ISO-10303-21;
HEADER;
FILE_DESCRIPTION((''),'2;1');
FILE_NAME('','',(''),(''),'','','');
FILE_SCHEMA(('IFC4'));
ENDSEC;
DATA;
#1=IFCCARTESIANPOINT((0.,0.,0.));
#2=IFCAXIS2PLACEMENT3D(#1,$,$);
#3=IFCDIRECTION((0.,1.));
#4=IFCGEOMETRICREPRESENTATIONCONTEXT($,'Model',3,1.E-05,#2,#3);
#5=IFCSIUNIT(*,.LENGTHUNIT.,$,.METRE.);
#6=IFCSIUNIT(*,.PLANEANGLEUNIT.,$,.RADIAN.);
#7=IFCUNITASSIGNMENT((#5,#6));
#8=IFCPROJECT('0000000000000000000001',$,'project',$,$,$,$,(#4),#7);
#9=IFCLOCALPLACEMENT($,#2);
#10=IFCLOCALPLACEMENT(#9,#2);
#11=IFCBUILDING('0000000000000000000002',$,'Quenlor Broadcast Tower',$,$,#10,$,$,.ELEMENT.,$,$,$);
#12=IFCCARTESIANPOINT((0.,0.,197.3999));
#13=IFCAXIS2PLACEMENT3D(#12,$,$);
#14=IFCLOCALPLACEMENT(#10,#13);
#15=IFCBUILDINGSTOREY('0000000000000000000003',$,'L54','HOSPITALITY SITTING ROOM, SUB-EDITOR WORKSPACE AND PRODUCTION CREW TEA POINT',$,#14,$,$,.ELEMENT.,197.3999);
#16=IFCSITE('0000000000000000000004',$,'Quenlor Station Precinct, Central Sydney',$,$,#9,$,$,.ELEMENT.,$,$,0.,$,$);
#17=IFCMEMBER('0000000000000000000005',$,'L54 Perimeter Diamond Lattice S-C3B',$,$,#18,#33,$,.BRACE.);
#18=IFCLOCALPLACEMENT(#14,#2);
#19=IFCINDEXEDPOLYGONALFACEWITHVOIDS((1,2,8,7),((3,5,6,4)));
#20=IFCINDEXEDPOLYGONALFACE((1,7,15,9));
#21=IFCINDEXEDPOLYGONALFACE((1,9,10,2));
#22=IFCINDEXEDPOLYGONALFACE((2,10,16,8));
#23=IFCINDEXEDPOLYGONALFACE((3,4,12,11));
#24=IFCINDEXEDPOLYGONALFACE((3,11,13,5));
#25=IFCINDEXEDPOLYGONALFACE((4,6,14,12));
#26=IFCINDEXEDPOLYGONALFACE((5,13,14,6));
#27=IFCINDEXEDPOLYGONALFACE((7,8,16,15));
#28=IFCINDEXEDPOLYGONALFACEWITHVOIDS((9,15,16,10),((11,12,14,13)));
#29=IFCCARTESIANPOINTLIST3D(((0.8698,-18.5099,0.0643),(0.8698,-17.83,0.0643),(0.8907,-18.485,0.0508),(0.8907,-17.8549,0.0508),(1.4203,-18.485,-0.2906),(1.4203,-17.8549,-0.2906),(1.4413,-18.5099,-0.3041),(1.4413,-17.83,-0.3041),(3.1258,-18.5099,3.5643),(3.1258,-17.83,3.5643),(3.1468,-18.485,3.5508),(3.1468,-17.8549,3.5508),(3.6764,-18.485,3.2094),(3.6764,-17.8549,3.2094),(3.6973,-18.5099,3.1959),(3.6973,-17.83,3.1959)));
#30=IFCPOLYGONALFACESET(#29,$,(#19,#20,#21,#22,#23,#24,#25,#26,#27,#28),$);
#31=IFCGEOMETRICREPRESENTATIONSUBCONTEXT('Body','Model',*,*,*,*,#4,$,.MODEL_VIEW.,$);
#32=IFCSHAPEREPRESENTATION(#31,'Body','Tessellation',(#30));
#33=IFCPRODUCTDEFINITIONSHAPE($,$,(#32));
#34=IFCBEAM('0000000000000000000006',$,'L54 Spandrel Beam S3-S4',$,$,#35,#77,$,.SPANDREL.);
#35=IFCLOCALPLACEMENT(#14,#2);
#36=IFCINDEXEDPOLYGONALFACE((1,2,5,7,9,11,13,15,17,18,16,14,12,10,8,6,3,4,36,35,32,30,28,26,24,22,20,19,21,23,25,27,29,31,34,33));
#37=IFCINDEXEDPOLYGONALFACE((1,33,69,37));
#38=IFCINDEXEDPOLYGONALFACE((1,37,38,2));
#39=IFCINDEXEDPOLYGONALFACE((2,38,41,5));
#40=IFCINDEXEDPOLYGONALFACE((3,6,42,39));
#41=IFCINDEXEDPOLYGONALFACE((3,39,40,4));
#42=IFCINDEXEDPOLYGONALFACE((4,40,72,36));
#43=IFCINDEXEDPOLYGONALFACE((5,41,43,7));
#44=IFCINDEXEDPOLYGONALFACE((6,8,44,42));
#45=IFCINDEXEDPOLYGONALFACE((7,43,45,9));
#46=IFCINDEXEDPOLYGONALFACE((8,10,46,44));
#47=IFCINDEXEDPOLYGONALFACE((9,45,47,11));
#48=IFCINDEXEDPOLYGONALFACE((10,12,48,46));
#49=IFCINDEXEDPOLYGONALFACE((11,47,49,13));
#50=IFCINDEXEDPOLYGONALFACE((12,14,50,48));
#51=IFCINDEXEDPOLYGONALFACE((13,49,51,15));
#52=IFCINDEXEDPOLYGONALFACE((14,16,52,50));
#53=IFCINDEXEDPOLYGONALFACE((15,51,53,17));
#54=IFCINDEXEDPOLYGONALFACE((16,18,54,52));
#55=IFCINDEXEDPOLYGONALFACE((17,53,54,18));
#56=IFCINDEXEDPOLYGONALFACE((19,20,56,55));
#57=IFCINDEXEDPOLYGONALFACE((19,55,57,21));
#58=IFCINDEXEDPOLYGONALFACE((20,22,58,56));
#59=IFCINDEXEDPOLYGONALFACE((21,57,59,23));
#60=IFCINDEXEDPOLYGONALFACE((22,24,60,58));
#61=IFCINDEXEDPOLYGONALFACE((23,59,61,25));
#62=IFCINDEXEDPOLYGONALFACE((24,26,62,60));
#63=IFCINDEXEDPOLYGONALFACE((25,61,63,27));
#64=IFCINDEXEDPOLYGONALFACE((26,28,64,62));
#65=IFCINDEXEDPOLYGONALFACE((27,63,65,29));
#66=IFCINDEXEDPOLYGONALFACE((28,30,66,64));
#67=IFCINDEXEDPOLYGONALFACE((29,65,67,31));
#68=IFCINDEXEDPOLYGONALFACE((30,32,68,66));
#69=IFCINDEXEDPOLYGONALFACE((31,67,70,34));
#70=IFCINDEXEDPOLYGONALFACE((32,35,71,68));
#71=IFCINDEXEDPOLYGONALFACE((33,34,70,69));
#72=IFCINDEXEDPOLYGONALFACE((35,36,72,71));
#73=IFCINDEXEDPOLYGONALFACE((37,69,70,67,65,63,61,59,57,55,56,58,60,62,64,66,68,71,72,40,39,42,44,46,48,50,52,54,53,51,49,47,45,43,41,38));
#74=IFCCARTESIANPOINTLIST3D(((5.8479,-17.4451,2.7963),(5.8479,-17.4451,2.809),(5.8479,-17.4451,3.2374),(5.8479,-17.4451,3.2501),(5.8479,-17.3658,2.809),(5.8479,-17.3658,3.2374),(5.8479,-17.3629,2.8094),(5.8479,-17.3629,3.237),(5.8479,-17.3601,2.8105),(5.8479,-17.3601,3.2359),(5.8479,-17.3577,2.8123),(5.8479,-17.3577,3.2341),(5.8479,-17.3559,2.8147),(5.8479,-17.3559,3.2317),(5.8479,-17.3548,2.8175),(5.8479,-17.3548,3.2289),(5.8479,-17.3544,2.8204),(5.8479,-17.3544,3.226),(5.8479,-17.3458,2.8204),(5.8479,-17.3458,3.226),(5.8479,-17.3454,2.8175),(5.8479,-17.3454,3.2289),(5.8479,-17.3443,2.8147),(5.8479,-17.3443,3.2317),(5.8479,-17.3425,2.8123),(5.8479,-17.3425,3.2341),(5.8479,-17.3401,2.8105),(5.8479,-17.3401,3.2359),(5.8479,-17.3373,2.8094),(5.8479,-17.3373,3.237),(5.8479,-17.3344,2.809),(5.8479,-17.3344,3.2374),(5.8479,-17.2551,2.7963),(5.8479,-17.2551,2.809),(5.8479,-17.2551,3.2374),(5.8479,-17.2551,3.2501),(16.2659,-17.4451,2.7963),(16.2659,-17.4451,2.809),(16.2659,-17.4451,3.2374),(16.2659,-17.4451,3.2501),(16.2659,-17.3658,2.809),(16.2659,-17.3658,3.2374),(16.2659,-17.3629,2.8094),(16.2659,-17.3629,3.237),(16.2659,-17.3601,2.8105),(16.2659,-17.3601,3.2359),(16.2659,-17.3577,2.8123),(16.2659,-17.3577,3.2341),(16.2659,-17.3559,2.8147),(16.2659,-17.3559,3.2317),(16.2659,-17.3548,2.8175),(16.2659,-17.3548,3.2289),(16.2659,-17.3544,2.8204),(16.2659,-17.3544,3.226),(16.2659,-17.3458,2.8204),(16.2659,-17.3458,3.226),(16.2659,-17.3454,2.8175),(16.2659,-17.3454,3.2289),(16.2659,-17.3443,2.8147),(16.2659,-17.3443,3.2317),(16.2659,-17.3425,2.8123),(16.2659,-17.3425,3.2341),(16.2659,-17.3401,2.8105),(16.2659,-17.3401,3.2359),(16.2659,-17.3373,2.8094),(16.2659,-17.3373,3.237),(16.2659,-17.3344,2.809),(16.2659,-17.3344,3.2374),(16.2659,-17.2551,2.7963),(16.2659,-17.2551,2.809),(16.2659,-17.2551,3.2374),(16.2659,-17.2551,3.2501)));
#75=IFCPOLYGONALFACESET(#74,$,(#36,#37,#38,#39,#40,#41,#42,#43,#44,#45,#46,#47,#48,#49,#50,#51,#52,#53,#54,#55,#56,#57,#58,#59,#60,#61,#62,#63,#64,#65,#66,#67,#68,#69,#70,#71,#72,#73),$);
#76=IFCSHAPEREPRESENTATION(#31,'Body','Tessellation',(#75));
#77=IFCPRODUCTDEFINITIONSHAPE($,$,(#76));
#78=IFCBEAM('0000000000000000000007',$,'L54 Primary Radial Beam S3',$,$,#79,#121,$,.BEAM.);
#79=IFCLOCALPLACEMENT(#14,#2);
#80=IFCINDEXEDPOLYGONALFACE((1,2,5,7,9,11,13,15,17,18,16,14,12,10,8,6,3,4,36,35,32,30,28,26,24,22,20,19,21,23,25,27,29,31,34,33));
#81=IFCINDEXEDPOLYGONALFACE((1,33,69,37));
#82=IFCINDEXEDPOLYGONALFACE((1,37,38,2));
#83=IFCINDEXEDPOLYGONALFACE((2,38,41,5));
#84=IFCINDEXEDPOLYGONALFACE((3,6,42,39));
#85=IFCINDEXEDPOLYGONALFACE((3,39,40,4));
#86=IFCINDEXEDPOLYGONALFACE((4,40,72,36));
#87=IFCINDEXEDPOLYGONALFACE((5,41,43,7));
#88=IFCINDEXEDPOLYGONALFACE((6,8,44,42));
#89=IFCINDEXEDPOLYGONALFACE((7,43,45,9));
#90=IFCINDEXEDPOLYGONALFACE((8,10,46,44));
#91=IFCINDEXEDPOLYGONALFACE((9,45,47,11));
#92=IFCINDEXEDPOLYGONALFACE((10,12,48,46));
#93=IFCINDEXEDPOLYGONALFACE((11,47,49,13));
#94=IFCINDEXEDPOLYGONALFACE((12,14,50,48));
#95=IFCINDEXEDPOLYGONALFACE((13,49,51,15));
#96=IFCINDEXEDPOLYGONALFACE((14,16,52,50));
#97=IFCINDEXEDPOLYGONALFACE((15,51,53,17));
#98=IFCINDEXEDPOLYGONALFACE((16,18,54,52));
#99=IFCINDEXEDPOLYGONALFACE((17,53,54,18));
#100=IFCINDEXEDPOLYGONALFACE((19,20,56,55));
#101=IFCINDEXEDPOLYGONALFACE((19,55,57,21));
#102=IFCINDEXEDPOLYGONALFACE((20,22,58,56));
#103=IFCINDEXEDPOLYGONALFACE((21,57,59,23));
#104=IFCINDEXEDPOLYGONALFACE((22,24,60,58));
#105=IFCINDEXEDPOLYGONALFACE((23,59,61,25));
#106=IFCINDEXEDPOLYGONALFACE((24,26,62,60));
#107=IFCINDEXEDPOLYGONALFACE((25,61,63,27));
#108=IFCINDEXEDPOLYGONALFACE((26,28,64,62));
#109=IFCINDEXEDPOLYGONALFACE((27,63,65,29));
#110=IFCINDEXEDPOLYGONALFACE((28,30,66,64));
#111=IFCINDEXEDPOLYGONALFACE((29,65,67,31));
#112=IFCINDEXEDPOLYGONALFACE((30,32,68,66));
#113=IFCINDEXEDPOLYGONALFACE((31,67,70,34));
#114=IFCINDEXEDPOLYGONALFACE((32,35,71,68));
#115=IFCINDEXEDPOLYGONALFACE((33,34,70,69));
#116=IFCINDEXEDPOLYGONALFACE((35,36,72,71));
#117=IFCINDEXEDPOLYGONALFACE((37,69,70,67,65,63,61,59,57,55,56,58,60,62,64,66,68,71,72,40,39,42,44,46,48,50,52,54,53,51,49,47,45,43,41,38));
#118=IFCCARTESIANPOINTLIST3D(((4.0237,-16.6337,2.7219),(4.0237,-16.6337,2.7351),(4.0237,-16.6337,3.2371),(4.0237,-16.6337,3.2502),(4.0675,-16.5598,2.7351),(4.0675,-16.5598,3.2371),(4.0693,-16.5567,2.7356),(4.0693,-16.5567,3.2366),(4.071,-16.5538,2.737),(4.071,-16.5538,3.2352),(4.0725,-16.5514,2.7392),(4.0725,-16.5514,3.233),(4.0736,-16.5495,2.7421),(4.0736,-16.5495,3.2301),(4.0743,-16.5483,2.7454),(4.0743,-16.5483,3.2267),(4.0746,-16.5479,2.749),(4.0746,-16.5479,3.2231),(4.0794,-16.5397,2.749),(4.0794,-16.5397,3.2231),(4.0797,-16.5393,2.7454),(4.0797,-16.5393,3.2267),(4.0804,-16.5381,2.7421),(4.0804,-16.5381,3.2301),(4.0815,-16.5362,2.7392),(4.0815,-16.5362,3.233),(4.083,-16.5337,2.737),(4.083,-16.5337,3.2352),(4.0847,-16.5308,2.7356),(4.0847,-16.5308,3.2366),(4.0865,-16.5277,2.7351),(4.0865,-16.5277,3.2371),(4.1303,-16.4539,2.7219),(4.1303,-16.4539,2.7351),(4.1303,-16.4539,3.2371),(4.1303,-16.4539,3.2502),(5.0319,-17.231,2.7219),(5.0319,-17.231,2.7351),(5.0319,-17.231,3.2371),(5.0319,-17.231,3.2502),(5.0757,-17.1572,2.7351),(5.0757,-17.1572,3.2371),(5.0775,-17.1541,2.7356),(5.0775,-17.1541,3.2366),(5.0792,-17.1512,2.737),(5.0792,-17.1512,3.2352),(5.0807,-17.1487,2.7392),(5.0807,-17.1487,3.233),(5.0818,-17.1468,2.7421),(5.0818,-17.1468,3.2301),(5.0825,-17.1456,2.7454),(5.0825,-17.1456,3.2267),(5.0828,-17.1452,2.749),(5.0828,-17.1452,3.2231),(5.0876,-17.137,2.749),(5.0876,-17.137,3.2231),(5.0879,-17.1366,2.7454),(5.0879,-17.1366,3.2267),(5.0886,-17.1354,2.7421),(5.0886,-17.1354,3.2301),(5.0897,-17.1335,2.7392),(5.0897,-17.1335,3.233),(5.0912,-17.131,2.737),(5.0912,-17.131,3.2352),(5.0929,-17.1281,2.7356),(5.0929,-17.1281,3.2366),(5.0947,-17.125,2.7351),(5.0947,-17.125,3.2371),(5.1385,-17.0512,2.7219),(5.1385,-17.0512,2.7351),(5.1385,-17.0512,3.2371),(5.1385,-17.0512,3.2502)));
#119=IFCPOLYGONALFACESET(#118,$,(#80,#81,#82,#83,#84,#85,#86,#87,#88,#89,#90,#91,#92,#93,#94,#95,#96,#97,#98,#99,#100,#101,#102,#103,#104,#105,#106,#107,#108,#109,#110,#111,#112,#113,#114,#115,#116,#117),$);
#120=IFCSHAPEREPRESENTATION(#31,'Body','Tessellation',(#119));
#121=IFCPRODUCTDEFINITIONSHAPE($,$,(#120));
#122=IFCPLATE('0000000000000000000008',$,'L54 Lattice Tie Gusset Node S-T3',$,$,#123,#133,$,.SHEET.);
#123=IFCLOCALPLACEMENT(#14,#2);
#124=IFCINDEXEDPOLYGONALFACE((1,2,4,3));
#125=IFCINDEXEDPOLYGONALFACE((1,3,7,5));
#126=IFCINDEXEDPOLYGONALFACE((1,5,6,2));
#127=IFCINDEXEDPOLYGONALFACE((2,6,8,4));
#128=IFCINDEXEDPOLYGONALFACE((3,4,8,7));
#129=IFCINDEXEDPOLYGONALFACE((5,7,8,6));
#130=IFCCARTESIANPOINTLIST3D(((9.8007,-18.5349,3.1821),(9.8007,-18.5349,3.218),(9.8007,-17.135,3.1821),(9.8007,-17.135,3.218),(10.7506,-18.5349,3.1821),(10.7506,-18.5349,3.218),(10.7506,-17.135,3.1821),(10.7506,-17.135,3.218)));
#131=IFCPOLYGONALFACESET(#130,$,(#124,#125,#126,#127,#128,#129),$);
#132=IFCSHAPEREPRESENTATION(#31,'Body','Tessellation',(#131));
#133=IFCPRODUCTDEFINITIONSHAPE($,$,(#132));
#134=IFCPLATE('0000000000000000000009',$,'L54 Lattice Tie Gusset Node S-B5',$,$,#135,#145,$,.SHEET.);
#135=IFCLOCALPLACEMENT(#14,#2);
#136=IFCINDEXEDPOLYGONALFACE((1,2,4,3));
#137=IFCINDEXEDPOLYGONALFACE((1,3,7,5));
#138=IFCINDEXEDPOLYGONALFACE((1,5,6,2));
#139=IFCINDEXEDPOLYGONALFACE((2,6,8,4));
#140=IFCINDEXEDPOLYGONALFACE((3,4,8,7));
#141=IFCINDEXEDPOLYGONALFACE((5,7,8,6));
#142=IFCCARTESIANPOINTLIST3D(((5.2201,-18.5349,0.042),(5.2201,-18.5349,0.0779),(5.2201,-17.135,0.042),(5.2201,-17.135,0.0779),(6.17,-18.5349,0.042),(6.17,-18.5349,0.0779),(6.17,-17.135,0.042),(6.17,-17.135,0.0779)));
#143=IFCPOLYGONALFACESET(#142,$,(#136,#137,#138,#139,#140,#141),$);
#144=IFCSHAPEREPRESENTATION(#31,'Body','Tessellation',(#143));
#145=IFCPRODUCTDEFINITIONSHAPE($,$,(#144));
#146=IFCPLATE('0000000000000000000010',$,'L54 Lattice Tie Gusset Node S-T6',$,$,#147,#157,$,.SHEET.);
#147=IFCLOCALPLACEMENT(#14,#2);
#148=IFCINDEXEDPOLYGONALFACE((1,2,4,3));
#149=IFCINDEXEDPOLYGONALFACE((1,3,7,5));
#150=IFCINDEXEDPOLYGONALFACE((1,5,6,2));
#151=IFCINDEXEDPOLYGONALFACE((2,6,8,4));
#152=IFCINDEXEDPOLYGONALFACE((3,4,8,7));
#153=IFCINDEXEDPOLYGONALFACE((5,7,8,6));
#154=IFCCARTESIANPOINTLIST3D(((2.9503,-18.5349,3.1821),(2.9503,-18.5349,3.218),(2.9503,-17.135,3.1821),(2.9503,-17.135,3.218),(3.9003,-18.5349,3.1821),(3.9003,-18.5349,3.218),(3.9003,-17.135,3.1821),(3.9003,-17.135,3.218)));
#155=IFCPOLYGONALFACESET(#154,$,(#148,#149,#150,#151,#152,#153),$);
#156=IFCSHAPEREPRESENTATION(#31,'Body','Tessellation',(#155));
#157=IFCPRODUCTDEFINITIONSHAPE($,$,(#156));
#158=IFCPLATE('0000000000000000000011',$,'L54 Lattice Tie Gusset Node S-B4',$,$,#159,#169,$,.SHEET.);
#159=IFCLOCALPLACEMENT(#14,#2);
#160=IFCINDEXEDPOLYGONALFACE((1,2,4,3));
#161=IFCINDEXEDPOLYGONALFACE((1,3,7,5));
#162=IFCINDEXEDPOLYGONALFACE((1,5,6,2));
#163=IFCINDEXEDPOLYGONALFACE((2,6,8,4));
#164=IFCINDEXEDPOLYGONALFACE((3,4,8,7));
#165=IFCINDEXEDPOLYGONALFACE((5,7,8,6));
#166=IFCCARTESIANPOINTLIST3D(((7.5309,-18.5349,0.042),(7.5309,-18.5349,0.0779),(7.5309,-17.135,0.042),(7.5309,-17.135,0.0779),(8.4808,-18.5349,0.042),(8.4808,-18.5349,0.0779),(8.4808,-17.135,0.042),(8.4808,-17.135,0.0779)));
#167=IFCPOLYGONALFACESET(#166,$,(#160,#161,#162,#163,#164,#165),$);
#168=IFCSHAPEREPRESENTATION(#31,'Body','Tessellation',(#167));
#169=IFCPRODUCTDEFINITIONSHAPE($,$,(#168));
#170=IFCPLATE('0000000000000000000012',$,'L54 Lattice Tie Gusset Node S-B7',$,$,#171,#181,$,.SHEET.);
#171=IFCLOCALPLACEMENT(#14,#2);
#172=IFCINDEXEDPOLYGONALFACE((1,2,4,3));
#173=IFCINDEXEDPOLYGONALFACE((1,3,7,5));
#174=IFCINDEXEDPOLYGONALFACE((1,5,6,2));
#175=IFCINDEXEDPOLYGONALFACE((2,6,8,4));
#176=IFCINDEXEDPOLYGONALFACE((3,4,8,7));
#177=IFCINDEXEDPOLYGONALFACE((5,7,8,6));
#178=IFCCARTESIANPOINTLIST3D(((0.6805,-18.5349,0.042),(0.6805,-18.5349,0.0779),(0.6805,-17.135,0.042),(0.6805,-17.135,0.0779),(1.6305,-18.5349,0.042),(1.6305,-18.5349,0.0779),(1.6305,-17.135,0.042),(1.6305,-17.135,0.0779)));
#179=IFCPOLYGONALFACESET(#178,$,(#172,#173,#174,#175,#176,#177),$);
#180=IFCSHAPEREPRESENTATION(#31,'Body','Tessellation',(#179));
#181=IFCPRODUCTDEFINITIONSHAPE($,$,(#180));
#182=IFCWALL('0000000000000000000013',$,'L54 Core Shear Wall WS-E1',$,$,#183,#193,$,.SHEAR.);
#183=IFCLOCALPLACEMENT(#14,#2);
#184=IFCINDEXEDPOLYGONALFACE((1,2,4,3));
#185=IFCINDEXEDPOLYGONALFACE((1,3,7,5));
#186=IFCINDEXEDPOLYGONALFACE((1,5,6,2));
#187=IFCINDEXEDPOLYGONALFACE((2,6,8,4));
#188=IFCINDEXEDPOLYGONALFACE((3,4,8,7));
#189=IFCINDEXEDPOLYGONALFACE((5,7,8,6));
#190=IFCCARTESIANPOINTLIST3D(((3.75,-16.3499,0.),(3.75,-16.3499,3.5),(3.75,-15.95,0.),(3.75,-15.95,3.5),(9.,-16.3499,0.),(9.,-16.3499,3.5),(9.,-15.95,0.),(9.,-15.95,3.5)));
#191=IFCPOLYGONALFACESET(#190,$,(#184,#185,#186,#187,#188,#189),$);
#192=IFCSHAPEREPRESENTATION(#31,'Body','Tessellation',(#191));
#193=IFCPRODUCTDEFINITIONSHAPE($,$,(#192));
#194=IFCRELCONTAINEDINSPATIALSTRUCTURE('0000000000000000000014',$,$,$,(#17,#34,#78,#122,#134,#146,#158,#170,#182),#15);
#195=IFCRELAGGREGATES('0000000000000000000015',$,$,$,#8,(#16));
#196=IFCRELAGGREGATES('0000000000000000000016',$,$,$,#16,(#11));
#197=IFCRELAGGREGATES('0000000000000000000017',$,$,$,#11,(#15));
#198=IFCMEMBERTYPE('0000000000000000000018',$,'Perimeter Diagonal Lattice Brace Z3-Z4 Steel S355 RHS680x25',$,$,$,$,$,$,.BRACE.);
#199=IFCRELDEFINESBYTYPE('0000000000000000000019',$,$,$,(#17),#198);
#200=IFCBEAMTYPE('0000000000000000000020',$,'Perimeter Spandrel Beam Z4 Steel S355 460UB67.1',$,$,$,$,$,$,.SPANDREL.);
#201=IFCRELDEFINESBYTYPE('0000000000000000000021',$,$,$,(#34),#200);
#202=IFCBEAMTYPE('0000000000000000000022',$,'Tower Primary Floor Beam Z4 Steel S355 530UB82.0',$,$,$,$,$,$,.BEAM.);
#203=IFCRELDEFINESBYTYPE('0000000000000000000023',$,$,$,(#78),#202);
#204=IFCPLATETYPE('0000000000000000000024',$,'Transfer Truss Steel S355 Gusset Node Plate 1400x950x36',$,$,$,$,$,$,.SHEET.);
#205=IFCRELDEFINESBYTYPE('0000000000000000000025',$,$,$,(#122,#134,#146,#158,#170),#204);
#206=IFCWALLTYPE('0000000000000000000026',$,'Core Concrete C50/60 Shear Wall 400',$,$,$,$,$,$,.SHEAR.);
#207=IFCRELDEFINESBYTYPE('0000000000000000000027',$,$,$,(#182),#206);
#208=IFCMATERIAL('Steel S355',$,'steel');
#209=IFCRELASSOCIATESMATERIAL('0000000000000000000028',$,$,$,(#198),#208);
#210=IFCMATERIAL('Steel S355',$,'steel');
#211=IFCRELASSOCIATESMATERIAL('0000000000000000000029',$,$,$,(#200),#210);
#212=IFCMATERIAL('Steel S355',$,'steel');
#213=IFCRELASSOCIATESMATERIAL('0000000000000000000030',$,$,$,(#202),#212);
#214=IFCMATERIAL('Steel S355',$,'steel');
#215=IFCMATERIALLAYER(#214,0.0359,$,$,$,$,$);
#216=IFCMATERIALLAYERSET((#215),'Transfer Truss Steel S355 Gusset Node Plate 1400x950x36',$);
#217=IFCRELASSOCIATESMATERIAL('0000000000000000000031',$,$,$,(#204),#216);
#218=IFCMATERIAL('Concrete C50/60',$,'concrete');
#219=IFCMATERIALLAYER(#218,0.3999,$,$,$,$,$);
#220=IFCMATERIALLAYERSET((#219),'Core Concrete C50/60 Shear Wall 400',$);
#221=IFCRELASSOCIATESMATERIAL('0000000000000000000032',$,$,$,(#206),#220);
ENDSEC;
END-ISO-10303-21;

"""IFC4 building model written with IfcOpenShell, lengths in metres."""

from ifc_helpers import new_model, si_unit, direction, frame, frame_2d, origin, origin_2d, place, context, subcontext, project, spatial, rectangle, hollow_rectangle, i_section, extrude, material, layer, layer_set, material_profile, profile_set, type_object, element, save


model = new_model("IFC4")

# Units and contexts
model_context = context("Model", 3, precision=1e-05, world=origin(), true_north=direction((0.0, 1.0)))
body_context = subcontext(model_context, "Body", "Model", "MODEL_VIEW")
ifc_project = project(units=[si_unit("LENGTHUNIT", "METRE"), si_unit("PLANEANGLEUNIT", "RADIAN")], contexts=[model_context])

# Site, building, storey
site_placement = place(None, origin())
site = spatial("IfcSite", under=ifc_project, at=site_placement, Name="Quenlor Station Precinct, Central Sydney", CompositionType="ELEMENT", RefElevation=0.0)
building_placement = place(site_placement, origin())
building = spatial("IfcBuilding", under=site, at=building_placement, Name="Quenlor Broadcast Tower", CompositionType="ELEMENT")
storey_placement = place(building_placement, frame((0.0, 0.0, 197.3999)))
storey = spatial("IfcBuildingStorey", under=building, at=storey_placement, Name="L54", Description="HOSPITALITY SITTING ROOM, SUB-EDITOR WORKSPACE AND PRODUCTION CREW TEA POINT", CompositionType="ELEMENT", Elevation=197.3999)

# Member
ifc_material_1 = material(Name="Steel S355", Category="steel")
ifc_material_profile_1 = material_profile(ifc_material_1, hollow_rectangle(XDim=0.6799, YDim=0.6799, WallThickness=0.0249, at=origin_2d()))
ifc_profile_set_1 = profile_set([ifc_material_profile_1], Name="Steel S355 RHS680x680x25")
member_type_1 = type_object("IfcMemberType", Name="Perimeter Diagonal Lattice Brace Z3-Z4 Steel S355 RHS680x25", PredefinedType="BRACE", material=ifc_profile_set_1)
for number, where, z_axis, x_axis, name in (
    (1, (1.1555, -18.1699, -0.1199), (0.541794, 0.0, 0.840511), (0.0, 1.0, 0.0), "L54 Perimeter Diamond Lattice S-C3B"),
):
    element("IfcMember", number, at=place(storey_placement, frame(where, z_axis=z_axis, x_axis=x_axis)), inside=storey, type_object=member_type_1, Name=name, PredefinedType="BRACE", context=body_context, shape_type="SweptSolid", body=[
        extrude(hollow_rectangle(XDim=0.6799, YDim=0.6799, WallThickness=0.0249, at=origin_2d()), origin(), (0.0, 0.0, 1.0), 4.1641),
    ])

# Beams
ifc_material_2 = material(Name="Steel S355", Category="steel")
ifc_material_profile_2 = material_profile(ifc_material_2, i_section(OverallWidth=0.1899, OverallDepth=0.4539, WebThickness=0.0085, FlangeThickness=0.0127, FilletRadius=0.0115, at=origin_2d()))
ifc_profile_set_2 = profile_set([ifc_material_profile_2], Name="Steel S355 460UB67.1")
beam_type_1 = type_object("IfcBeamType", Name="Perimeter Spandrel Beam Z4 Steel S355 460UB67.1", PredefinedType="SPANDREL", material=ifc_profile_set_2)
beam_1_placement = place(storey_placement, frame((5.8479, -17.3501, 3.0232), z_axis=(1.0, 0.0, 0.0), x_axis=(0.0, 1.0, 0.0)))
element("IfcBeam", 2, at=beam_1_placement, inside=storey, type_object=beam_type_1, Name="L54 Spandrel Beam S3-S4", PredefinedType="SPANDREL", context=body_context, shape_type="SweptSolid", body=[
    extrude(i_section(OverallWidth=0.1899, OverallDepth=0.4539, WebThickness=0.0085, FlangeThickness=0.0127, FilletRadius=0.0115, at=origin_2d()), origin(), (0.0, 0.0, 1.0), 10.418),
])
ifc_material_3 = material(Name="Steel S355", Category="steel")
ifc_material_profile_3 = material_profile(ifc_material_3, i_section(OverallWidth=0.209, OverallDepth=0.5283, WebThickness=0.0095, FlangeThickness=0.0132, FilletRadius=0.0139, at=origin_2d()))
ifc_profile_set_3 = profile_set([ifc_material_profile_3], Name="Steel S355 530UB82.0")
beam_type_2 = type_object("IfcBeamType", Name="Tower Primary Floor Beam Z4 Steel S355 530UB82.0", PredefinedType="BEAM", material=ifc_profile_set_3)
beam_2_placement = place(storey_placement, frame((5.0852, -17.1411, 2.9861), z_axis=(-0.860329, 0.50974, 0.0), x_axis=(-0.50974, -0.860329, 0.0)))
element("IfcBeam", 3, at=beam_2_placement, inside=storey, type_object=beam_type_2, Name="L54 Primary Radial Beam S3", PredefinedType="BEAM", context=body_context, shape_type="SweptSolid", body=[
    extrude(i_section(OverallWidth=0.209, OverallDepth=0.5283, WebThickness=0.0095, FlangeThickness=0.0132, FilletRadius=0.0139, at=origin_2d()), origin(), (0.0, 0.0, 1.0), 1.1719),
])

# Plates
ifc_material_4 = material(Name="Steel S355", Category="steel")
ifc_layer_1 = layer(ifc_material_4, 0.0359)
ifc_layer_set_1 = layer_set([ifc_layer_1], Name="Transfer Truss Steel S355 Gusset Node Plate 1400x950x36")
plate_type = type_object("IfcPlateType", Name="Transfer Truss Steel S355 Gusset Node Plate 1400x950x36", PredefinedType="SHEET", material=ifc_layer_set_1)
for number, where, z_axis, x_axis, name in (
    (4, (10.2756, -17.835, 3.1821), (0.0, 0.0, 1.0), (0.0, -1.0, 0.0), "L54 Lattice Tie Gusset Node S-T3"),
    (5, (5.6951, -17.835, 0.042), (0.0, 0.0, 1.0), (0.0, -1.0, 0.0), "L54 Lattice Tie Gusset Node S-B5"),
    (6, (3.4253, -17.835, 3.1821), (0.0, 0.0, 1.0), (0.0, -1.0, 0.0), "L54 Lattice Tie Gusset Node S-T6"),
    (7, (8.0059, -17.835, 0.042), (0.0, 0.0, 1.0), (0.0, -1.0, 0.0), "L54 Lattice Tie Gusset Node S-B4"),
    (8, (1.1555, -17.835, 0.042), (0.0, 0.0, 1.0), (0.0, -1.0, 0.0), "L54 Lattice Tie Gusset Node S-B7"),
):
    element("IfcPlate", number, at=place(storey_placement, frame(where, z_axis=z_axis, x_axis=x_axis)), inside=storey, type_object=plate_type, Name=name, PredefinedType="SHEET", context=body_context, shape_type="SweptSolid", body=[
        extrude(rectangle(XDim=1.3999, YDim=0.95, at=origin_2d()), origin(), (0.0, 0.0, 1.0), 0.0359),
    ])

# Wall
ifc_material_5 = material(Name="Concrete C50/60", Category="concrete")
ifc_layer_2 = layer(ifc_material_5, 0.3999)
ifc_layer_set_2 = layer_set([ifc_layer_2], Name="Core Concrete C50/60 Shear Wall 400")
wall_type_1 = type_object("IfcWallType", Name="Core Concrete C50/60 Shear Wall 400", PredefinedType="SHEAR", material=ifc_layer_set_2)
wall_1_placement = place(storey_placement, frame((3.75, -16.1499, 0.0), z_axis=(0.0, 0.0, 1.0), x_axis=(1.0, 0.0, 0.0)))
element("IfcWall", 9, at=wall_1_placement, inside=storey, type_object=wall_type_1, Name="L54 Core Shear Wall WS-E1", PredefinedType="SHEAR", context=body_context, shape_type="SweptSolid", body=[
    extrude(rectangle(XDim=5.25, YDim=0.3999, at=frame_2d((2.625, 0.0))), origin(), (0.0, 0.0, 1.0), 3.5),
])

save(model, "model.ifc")
